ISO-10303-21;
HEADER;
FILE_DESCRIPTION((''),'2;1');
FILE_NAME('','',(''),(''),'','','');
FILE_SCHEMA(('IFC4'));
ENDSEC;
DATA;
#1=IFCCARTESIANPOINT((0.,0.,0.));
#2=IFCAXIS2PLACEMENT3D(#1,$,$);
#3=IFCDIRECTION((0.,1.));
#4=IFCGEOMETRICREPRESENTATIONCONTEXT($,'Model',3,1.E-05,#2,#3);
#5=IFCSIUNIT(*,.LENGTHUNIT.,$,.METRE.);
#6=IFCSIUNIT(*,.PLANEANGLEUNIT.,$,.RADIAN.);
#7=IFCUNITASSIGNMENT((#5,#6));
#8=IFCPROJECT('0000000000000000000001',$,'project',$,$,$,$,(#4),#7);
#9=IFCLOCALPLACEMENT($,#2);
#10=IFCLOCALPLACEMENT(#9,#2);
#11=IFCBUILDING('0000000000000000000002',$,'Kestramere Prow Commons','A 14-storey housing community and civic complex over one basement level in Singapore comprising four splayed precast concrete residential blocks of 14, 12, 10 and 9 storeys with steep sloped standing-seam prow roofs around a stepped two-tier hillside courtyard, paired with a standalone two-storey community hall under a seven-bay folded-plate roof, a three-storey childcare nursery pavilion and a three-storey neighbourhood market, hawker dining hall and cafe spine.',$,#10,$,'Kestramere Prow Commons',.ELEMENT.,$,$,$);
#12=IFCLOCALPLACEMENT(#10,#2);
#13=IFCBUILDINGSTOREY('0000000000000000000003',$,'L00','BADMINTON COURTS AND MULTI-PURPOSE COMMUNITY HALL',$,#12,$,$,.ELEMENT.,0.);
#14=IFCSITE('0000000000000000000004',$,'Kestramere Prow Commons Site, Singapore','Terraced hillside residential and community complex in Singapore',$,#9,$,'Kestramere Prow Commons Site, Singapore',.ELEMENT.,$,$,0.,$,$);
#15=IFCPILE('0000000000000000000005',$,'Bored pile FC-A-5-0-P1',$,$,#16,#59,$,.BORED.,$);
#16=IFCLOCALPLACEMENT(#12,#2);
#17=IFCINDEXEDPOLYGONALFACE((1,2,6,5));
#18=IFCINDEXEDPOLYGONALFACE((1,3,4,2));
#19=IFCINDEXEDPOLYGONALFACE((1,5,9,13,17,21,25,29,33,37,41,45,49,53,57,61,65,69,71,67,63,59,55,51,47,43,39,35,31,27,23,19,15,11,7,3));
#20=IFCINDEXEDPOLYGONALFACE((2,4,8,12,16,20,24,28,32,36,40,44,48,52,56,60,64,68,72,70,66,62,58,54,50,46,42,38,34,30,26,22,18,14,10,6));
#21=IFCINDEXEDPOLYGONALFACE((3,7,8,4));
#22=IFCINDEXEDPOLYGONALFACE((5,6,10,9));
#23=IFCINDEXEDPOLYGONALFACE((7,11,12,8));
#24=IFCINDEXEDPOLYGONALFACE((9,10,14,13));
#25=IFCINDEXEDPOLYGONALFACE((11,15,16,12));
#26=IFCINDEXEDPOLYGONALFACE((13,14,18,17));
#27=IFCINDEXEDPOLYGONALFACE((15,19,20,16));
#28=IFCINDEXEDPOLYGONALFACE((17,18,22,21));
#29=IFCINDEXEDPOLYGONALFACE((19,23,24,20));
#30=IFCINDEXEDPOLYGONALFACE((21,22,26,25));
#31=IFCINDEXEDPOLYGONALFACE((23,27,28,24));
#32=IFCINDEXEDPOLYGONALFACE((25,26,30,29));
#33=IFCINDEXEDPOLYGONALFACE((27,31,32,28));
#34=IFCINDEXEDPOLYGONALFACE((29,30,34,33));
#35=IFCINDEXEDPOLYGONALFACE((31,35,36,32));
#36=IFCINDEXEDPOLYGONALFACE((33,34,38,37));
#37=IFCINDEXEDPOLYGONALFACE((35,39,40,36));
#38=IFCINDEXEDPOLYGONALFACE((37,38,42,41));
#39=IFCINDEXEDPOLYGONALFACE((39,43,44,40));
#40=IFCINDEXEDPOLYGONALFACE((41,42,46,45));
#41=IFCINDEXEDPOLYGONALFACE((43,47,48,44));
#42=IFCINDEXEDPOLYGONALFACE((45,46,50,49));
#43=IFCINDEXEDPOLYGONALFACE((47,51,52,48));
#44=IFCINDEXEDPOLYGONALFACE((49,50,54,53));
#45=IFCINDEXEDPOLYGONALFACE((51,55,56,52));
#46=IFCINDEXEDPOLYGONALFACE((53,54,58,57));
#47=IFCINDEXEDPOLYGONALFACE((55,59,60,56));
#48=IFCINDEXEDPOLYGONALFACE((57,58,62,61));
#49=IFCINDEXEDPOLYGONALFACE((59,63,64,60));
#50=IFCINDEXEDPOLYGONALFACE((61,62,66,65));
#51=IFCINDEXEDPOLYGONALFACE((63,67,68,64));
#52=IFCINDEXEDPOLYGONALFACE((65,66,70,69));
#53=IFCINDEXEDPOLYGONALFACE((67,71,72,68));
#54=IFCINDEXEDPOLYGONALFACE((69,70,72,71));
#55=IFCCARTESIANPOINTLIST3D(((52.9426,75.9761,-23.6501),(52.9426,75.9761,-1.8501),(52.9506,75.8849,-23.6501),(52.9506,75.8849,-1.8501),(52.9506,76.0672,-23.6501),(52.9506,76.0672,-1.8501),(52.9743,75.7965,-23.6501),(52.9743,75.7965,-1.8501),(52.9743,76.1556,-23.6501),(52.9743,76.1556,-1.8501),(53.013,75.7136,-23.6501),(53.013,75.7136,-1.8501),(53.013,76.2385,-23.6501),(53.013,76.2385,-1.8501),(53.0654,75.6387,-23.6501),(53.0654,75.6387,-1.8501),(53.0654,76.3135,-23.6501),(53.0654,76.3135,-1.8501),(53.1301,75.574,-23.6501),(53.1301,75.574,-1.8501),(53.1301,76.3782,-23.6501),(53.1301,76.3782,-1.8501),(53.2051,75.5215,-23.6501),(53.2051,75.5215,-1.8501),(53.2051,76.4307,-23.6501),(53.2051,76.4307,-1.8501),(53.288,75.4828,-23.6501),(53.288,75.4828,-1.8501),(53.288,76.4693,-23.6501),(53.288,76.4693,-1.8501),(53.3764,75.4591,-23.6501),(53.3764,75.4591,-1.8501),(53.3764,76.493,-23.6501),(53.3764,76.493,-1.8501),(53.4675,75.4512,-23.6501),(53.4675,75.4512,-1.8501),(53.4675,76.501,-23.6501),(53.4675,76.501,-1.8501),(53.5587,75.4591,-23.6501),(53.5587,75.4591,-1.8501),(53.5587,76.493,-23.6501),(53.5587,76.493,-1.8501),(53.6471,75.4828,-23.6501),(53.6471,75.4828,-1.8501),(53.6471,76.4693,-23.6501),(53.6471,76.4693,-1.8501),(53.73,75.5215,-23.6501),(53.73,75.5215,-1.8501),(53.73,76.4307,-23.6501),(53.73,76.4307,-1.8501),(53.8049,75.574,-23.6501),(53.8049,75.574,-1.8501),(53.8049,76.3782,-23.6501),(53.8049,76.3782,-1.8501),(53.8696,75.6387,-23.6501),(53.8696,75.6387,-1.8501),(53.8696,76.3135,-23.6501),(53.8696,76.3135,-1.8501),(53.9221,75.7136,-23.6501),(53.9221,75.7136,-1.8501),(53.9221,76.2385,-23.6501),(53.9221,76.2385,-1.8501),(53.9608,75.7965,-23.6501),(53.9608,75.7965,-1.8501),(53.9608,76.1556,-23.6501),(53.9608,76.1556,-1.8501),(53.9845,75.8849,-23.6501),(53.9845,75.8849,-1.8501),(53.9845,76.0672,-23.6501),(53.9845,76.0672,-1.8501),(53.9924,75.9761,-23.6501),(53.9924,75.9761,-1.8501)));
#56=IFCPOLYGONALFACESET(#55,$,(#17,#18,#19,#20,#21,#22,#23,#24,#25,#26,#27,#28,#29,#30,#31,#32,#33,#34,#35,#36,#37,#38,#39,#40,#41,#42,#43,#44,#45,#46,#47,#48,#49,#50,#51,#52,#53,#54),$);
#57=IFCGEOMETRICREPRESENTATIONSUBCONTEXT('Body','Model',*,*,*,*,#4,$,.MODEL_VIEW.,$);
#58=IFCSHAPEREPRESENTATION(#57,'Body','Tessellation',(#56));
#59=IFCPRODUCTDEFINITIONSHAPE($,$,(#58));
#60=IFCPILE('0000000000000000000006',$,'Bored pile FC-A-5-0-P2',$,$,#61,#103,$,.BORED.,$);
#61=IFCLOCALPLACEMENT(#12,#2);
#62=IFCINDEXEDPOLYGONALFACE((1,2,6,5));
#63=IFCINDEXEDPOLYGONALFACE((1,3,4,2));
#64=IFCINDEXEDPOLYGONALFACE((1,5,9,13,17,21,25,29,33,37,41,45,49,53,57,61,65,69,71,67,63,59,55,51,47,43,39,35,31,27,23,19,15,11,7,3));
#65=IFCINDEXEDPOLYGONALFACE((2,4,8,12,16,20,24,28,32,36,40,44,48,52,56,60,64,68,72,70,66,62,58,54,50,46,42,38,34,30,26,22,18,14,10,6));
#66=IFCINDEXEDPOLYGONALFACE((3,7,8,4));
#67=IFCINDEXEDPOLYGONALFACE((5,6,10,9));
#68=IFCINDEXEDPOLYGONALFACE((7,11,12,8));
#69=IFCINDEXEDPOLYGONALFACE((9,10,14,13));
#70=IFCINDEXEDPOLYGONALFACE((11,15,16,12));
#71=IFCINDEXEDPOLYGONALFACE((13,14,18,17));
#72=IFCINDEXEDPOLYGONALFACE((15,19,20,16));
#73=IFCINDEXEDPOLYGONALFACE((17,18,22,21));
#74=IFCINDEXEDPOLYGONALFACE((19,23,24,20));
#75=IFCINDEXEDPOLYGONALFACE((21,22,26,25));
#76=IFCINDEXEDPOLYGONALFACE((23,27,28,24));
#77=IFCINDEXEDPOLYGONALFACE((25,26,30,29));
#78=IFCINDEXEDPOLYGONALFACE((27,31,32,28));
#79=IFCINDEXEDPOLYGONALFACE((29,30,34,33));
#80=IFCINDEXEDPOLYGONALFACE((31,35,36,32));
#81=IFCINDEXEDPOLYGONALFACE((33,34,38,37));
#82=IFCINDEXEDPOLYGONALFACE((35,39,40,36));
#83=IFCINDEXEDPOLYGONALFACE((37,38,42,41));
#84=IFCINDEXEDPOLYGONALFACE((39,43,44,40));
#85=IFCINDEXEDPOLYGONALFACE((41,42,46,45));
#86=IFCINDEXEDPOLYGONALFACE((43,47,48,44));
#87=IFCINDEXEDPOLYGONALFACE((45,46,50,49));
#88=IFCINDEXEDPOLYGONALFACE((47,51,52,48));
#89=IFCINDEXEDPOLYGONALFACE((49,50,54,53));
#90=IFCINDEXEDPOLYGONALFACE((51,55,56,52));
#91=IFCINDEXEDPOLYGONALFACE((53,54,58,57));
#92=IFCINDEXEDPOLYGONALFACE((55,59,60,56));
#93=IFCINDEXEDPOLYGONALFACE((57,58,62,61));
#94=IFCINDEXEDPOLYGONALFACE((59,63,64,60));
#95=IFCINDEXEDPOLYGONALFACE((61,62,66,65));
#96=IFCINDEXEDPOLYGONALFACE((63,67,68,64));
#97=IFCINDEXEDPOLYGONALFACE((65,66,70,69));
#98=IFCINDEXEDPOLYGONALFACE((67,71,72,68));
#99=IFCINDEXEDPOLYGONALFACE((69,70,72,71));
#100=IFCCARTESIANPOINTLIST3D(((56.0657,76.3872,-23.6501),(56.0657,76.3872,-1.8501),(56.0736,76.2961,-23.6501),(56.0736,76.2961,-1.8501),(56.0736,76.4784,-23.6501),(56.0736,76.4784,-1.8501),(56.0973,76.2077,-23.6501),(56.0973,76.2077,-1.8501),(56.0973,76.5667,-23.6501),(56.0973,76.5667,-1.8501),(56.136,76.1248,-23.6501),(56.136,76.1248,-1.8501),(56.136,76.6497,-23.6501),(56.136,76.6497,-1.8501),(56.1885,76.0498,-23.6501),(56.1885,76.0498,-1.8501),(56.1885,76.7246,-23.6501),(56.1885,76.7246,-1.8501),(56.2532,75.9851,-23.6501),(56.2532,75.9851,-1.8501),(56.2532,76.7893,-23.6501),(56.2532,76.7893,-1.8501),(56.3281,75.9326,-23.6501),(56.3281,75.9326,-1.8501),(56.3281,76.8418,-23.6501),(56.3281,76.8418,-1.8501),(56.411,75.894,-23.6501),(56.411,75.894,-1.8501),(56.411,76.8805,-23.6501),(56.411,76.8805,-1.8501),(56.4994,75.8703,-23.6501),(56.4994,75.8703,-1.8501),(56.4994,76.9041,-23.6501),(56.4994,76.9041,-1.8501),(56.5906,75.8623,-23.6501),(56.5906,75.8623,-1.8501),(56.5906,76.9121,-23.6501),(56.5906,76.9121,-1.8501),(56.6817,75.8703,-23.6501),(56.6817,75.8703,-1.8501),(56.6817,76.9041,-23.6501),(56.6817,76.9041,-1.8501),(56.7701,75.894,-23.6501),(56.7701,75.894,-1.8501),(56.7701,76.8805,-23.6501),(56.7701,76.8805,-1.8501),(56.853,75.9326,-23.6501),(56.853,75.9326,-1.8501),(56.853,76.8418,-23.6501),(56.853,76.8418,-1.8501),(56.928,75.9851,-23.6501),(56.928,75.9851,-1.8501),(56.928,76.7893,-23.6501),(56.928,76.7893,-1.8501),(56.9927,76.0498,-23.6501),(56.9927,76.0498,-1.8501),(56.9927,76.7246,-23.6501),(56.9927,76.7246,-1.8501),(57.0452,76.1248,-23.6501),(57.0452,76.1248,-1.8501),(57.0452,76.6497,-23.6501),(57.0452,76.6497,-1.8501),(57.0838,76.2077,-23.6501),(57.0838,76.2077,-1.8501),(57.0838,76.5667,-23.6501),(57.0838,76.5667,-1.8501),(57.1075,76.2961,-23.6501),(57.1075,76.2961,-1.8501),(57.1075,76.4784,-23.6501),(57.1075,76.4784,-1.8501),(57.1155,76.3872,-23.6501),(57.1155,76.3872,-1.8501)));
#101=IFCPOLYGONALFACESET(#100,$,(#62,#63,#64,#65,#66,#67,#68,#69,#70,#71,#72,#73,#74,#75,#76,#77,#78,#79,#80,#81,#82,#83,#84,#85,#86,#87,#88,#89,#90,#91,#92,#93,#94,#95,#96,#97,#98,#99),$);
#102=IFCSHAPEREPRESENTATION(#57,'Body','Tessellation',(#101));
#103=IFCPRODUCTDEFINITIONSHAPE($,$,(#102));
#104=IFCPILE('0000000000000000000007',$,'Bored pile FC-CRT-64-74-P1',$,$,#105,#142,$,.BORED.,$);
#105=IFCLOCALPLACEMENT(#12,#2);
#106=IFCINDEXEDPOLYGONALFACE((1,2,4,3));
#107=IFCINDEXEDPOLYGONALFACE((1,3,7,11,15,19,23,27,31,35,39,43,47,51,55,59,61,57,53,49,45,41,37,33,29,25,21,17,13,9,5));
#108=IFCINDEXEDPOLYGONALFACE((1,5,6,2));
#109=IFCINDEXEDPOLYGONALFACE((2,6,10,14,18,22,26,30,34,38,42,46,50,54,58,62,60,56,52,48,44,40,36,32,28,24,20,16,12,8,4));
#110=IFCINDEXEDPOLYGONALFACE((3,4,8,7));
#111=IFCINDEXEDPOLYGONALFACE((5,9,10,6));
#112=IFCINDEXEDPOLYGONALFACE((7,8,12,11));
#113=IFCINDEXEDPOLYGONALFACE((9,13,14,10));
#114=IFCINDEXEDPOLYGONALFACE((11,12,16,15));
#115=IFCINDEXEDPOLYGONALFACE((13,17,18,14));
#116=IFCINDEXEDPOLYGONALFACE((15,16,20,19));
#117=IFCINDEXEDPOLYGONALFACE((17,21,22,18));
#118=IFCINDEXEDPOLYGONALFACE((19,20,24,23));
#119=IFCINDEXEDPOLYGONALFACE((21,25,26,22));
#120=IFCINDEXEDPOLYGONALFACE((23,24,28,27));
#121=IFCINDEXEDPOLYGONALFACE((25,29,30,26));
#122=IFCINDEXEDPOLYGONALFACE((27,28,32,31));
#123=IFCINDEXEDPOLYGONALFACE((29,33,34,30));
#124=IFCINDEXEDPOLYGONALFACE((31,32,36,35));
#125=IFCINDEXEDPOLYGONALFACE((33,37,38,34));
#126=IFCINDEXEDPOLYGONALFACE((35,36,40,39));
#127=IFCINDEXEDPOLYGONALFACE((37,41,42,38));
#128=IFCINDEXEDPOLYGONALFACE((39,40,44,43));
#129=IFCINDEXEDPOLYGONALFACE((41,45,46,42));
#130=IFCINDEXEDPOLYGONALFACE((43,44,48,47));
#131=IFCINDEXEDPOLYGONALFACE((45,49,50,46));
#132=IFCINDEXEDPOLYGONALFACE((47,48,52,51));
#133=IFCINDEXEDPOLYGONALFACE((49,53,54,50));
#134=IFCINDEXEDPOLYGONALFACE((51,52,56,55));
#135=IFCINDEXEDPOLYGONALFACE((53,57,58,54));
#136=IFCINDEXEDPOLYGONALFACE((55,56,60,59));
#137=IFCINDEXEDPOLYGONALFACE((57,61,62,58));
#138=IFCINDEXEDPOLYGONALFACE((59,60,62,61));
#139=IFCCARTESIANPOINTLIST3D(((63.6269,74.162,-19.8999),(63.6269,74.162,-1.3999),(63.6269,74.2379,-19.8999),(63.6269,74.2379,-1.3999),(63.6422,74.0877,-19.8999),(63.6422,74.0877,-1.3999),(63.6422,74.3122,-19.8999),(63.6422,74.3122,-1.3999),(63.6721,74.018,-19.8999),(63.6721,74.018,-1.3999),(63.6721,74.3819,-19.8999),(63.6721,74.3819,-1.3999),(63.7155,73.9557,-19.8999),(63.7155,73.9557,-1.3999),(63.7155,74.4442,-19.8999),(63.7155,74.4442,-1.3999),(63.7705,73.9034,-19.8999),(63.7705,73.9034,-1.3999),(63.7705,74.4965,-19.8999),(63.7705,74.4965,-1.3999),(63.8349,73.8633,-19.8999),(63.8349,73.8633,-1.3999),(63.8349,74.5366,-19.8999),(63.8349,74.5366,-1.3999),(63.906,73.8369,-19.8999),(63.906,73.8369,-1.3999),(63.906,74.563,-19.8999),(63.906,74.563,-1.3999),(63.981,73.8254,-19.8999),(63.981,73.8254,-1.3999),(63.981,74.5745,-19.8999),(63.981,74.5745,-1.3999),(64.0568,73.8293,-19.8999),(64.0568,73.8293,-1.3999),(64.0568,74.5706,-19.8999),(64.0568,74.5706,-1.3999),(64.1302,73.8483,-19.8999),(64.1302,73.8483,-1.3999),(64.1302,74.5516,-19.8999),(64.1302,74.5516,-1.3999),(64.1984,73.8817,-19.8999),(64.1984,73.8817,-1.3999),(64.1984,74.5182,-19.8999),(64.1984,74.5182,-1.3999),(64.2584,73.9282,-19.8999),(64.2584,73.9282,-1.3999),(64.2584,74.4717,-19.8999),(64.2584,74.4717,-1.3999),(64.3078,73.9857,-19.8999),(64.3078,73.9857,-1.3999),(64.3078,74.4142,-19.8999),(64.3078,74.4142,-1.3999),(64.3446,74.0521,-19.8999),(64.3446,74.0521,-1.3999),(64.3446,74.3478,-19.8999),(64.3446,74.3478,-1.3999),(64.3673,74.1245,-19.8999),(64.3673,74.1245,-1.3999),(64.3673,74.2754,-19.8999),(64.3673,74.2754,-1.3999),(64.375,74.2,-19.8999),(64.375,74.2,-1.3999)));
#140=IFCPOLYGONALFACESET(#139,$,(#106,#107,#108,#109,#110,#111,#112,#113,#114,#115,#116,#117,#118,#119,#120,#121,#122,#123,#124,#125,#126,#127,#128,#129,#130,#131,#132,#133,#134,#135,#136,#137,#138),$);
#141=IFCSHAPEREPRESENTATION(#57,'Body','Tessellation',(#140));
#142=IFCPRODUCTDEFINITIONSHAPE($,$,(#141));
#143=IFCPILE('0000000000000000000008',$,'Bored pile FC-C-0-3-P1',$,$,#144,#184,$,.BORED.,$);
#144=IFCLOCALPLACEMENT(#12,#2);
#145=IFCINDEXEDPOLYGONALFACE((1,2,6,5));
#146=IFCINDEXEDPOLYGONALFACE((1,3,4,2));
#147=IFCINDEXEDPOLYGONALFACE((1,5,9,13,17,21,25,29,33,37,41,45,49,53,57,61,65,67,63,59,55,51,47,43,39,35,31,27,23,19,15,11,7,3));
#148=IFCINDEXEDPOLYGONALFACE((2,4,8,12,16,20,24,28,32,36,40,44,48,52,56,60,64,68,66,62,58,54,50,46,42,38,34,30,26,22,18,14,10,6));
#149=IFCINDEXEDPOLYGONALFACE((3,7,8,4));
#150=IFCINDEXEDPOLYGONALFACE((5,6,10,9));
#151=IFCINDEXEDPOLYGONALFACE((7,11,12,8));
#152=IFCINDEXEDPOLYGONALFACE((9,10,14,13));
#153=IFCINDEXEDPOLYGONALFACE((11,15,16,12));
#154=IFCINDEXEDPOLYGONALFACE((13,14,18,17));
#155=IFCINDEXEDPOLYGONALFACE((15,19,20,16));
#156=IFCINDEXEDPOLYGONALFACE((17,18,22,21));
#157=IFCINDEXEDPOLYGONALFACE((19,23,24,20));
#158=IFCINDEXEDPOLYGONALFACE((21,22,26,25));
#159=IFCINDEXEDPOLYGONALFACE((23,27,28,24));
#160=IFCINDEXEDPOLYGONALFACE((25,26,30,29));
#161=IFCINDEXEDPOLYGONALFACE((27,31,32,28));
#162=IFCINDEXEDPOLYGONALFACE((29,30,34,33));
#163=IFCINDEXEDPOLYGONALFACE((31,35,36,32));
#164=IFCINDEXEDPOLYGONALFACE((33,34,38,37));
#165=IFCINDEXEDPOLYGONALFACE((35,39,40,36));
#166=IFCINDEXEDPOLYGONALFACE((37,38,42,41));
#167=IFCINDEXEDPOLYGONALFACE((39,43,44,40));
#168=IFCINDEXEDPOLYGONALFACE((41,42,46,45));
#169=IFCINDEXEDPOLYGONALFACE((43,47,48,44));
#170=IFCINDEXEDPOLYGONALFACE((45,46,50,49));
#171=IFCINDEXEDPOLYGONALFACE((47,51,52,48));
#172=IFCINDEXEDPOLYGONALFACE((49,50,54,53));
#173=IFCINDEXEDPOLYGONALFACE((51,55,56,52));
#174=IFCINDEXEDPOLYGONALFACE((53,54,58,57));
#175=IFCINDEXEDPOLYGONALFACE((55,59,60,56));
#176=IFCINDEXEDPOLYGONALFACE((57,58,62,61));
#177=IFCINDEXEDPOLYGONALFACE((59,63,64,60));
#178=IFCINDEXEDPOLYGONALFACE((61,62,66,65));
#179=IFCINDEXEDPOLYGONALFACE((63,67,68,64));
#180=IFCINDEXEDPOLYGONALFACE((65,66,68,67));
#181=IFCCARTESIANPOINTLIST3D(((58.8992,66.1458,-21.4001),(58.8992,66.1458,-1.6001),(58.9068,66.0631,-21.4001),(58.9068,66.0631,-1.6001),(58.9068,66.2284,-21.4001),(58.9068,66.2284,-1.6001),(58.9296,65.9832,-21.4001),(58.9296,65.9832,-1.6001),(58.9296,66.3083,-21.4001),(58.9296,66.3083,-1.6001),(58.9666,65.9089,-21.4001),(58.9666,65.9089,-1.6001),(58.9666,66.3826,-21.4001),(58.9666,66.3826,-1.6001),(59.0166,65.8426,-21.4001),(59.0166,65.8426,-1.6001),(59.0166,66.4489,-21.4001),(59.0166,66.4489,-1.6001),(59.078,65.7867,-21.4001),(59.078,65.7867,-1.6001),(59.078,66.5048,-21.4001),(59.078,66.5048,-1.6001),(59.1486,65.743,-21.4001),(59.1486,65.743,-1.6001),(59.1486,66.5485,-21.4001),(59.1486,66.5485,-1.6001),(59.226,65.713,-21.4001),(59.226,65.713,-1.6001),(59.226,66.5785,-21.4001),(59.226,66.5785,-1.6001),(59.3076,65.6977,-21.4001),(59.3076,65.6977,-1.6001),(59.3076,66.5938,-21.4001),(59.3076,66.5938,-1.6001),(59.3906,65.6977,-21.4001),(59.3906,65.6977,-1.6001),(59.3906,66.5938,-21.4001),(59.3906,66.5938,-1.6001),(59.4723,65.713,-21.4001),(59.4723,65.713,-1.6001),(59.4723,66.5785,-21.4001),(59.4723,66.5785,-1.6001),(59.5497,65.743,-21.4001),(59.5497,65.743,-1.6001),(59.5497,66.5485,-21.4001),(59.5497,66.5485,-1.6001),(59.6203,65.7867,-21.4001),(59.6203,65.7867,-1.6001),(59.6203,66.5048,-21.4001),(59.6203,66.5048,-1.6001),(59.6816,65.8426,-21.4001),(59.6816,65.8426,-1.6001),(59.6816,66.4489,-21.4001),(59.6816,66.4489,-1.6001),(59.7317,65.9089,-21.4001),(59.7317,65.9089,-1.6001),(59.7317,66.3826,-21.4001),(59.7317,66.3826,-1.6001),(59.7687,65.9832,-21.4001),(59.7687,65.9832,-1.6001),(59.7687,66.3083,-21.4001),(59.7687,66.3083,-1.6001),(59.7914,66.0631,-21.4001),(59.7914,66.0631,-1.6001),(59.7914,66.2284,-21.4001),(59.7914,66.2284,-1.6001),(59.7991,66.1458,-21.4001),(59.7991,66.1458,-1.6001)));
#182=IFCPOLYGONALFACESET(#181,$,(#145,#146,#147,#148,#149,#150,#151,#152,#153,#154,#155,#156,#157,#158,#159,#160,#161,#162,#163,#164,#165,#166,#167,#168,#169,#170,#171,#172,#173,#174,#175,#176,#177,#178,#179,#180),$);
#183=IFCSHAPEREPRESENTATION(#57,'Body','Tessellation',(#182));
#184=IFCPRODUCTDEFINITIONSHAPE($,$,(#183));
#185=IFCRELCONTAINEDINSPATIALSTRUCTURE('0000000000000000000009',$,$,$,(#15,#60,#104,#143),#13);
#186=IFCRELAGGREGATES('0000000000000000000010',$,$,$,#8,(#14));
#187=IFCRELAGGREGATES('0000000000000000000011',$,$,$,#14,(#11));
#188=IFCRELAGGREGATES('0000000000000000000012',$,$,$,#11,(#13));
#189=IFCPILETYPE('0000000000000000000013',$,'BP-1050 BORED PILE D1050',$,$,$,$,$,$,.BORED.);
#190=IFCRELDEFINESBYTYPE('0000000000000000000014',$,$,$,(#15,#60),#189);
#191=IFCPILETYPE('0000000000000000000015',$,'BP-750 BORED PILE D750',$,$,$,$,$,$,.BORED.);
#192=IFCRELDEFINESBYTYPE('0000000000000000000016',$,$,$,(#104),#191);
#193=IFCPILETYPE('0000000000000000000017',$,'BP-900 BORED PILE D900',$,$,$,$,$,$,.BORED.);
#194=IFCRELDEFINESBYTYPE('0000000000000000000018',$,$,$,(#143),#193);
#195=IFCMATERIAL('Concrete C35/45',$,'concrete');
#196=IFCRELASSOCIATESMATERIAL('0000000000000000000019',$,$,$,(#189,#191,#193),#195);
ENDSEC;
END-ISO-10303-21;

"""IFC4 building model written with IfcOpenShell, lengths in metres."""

from ifc_helpers import new_model, si_unit, direction, frame, origin, origin_2d, place, context, subcontext, project, spatial, circle, extrude, material, material_profile, profile_set, type_object, element, save


model = new_model("IFC4")

# Units and contexts
model_context = context("Model", 3, precision=1e-05, world=origin(), true_north=direction((0.0, 1.0)))
body_context = subcontext(model_context, "Body", "Model", "MODEL_VIEW")
ifc_project = project(units=[si_unit("LENGTHUNIT", "METRE"), si_unit("PLANEANGLEUNIT", "RADIAN")], contexts=[model_context])

# Site, building, storey
site_placement = place(None, origin())
site = spatial("IfcSite", under=ifc_project, at=site_placement, Name="Kestramere Prow Commons Site, Singapore", Description="Terraced hillside residential and community complex in Singapore", LongName="Kestramere Prow Commons Site, Singapore", CompositionType="ELEMENT", RefElevation=0.0)
building_placement = place(site_placement, origin())
building = spatial("IfcBuilding", under=site, at=building_placement, Name="Kestramere Prow Commons", Description="A 14-storey housing community and civic complex over one basement level in Singapore comprising four splayed precast concrete residential blocks of 14, 12, 10 and 9 storeys with steep sloped standing-seam prow roofs around a stepped two-tier hillside courtyard, paired with a standalone two-storey community hall under a seven-bay folded-plate roof, a three-storey childcare nursery pavilion and a three-storey neighbourhood market, hawker dining hall and cafe spine.", LongName="Kestramere Prow Commons", CompositionType="ELEMENT")
storey_placement = place(building_placement, origin())
storey = spatial("IfcBuildingStorey", under=building, at=storey_placement, Name="L00", Description="BADMINTON COURTS AND MULTI-PURPOSE COMMUNITY HALL", CompositionType="ELEMENT", Elevation=0.0)

# Piles
ifc_material_1 = material(Name="Concrete C35/45", Category="concrete")
ifc_material_profile_1 = material_profile(ifc_material_1, circle(Radius=0.5249, at=origin_2d()), Name="BORED PILE D1050")
ifc_profile_set_1 = profile_set([ifc_material_profile_1], Name="Concrete C35/45")
pile_type_1 = type_object("IfcPileType", Name="BP-1050 BORED PILE D1050", PredefinedType="BORED", material=ifc_profile_set_1)
for number, where, z_axis, x_axis, name in (
    (1, (53.4675, 75.9761, -1.8501), (0.0, 0.0, -1.0), (1.0, 0.0, 0.0), "Bored pile FC-A-5-0-P1"),
    (2, (56.5906, 76.3872, -1.8501), (0.0, 0.0, -1.0), (1.0, 0.0, 0.0), "Bored pile FC-A-5-0-P2"),
):
    element("IfcPile", number, at=place(storey_placement, frame(where, z_axis=z_axis, x_axis=x_axis)), inside=storey, type_object=pile_type_1, Name=name, PredefinedType="BORED", context=body_context, shape_type="SweptSolid", body=[
        extrude(circle(Radius=0.5249, at=origin_2d()), origin(), (0.0, 0.0, 1.0), 21.8),
    ])
ifc_material_profile_2 = material_profile(ifc_material_1, circle(Radius=0.375, at=origin_2d()), Name="BORED PILE D750")
ifc_profile_set_2 = profile_set([ifc_material_profile_2], Name="Concrete C35/45")
pile_type_2 = type_object("IfcPileType", Name="BP-750 BORED PILE D750", PredefinedType="BORED", material=ifc_profile_set_2)
pile_placement = place(storey_placement, frame((64.0, 74.2, -1.3999), z_axis=(0.0, 0.0, -1.0), x_axis=(1.0, 0.0, 0.0)))
element("IfcPile", 3, at=pile_placement, inside=storey, type_object=pile_type_2, Name="Bored pile FC-CRT-64-74-P1", PredefinedType="BORED", context=body_context, shape_type="SweptSolid", body=[
    extrude(circle(Radius=0.375, at=origin_2d()), origin(), (0.0, 0.0, 1.0), 18.5),
])
ifc_material_profile_3 = material_profile(ifc_material_1, circle(Radius=0.45, at=origin_2d()), Name="BORED PILE D900")
ifc_profile_set_3 = profile_set([ifc_material_profile_3], Name="Concrete C35/45")
pile_type_3 = type_object("IfcPileType", Name="BP-900 BORED PILE D900", PredefinedType="BORED", material=ifc_profile_set_3)
for number, where, z_axis, x_axis, name in (
    (4, (59.3491, 66.1458, -1.6001), (0.0, 0.0, -1.0), (1.0, 0.0, 0.0), "Bored pile FC-C-0-3-P1"),
):
    element("IfcPile", number, at=place(storey_placement, frame(where, z_axis=z_axis, x_axis=x_axis)), inside=storey, type_object=pile_type_3, Name=name, PredefinedType="BORED", context=body_context, shape_type="SweptSolid", body=[
        extrude(circle(Radius=0.45, at=origin_2d()), origin(), (0.0, 0.0, 1.0), 19.8),
    ])

save(model, "model.ifc")
